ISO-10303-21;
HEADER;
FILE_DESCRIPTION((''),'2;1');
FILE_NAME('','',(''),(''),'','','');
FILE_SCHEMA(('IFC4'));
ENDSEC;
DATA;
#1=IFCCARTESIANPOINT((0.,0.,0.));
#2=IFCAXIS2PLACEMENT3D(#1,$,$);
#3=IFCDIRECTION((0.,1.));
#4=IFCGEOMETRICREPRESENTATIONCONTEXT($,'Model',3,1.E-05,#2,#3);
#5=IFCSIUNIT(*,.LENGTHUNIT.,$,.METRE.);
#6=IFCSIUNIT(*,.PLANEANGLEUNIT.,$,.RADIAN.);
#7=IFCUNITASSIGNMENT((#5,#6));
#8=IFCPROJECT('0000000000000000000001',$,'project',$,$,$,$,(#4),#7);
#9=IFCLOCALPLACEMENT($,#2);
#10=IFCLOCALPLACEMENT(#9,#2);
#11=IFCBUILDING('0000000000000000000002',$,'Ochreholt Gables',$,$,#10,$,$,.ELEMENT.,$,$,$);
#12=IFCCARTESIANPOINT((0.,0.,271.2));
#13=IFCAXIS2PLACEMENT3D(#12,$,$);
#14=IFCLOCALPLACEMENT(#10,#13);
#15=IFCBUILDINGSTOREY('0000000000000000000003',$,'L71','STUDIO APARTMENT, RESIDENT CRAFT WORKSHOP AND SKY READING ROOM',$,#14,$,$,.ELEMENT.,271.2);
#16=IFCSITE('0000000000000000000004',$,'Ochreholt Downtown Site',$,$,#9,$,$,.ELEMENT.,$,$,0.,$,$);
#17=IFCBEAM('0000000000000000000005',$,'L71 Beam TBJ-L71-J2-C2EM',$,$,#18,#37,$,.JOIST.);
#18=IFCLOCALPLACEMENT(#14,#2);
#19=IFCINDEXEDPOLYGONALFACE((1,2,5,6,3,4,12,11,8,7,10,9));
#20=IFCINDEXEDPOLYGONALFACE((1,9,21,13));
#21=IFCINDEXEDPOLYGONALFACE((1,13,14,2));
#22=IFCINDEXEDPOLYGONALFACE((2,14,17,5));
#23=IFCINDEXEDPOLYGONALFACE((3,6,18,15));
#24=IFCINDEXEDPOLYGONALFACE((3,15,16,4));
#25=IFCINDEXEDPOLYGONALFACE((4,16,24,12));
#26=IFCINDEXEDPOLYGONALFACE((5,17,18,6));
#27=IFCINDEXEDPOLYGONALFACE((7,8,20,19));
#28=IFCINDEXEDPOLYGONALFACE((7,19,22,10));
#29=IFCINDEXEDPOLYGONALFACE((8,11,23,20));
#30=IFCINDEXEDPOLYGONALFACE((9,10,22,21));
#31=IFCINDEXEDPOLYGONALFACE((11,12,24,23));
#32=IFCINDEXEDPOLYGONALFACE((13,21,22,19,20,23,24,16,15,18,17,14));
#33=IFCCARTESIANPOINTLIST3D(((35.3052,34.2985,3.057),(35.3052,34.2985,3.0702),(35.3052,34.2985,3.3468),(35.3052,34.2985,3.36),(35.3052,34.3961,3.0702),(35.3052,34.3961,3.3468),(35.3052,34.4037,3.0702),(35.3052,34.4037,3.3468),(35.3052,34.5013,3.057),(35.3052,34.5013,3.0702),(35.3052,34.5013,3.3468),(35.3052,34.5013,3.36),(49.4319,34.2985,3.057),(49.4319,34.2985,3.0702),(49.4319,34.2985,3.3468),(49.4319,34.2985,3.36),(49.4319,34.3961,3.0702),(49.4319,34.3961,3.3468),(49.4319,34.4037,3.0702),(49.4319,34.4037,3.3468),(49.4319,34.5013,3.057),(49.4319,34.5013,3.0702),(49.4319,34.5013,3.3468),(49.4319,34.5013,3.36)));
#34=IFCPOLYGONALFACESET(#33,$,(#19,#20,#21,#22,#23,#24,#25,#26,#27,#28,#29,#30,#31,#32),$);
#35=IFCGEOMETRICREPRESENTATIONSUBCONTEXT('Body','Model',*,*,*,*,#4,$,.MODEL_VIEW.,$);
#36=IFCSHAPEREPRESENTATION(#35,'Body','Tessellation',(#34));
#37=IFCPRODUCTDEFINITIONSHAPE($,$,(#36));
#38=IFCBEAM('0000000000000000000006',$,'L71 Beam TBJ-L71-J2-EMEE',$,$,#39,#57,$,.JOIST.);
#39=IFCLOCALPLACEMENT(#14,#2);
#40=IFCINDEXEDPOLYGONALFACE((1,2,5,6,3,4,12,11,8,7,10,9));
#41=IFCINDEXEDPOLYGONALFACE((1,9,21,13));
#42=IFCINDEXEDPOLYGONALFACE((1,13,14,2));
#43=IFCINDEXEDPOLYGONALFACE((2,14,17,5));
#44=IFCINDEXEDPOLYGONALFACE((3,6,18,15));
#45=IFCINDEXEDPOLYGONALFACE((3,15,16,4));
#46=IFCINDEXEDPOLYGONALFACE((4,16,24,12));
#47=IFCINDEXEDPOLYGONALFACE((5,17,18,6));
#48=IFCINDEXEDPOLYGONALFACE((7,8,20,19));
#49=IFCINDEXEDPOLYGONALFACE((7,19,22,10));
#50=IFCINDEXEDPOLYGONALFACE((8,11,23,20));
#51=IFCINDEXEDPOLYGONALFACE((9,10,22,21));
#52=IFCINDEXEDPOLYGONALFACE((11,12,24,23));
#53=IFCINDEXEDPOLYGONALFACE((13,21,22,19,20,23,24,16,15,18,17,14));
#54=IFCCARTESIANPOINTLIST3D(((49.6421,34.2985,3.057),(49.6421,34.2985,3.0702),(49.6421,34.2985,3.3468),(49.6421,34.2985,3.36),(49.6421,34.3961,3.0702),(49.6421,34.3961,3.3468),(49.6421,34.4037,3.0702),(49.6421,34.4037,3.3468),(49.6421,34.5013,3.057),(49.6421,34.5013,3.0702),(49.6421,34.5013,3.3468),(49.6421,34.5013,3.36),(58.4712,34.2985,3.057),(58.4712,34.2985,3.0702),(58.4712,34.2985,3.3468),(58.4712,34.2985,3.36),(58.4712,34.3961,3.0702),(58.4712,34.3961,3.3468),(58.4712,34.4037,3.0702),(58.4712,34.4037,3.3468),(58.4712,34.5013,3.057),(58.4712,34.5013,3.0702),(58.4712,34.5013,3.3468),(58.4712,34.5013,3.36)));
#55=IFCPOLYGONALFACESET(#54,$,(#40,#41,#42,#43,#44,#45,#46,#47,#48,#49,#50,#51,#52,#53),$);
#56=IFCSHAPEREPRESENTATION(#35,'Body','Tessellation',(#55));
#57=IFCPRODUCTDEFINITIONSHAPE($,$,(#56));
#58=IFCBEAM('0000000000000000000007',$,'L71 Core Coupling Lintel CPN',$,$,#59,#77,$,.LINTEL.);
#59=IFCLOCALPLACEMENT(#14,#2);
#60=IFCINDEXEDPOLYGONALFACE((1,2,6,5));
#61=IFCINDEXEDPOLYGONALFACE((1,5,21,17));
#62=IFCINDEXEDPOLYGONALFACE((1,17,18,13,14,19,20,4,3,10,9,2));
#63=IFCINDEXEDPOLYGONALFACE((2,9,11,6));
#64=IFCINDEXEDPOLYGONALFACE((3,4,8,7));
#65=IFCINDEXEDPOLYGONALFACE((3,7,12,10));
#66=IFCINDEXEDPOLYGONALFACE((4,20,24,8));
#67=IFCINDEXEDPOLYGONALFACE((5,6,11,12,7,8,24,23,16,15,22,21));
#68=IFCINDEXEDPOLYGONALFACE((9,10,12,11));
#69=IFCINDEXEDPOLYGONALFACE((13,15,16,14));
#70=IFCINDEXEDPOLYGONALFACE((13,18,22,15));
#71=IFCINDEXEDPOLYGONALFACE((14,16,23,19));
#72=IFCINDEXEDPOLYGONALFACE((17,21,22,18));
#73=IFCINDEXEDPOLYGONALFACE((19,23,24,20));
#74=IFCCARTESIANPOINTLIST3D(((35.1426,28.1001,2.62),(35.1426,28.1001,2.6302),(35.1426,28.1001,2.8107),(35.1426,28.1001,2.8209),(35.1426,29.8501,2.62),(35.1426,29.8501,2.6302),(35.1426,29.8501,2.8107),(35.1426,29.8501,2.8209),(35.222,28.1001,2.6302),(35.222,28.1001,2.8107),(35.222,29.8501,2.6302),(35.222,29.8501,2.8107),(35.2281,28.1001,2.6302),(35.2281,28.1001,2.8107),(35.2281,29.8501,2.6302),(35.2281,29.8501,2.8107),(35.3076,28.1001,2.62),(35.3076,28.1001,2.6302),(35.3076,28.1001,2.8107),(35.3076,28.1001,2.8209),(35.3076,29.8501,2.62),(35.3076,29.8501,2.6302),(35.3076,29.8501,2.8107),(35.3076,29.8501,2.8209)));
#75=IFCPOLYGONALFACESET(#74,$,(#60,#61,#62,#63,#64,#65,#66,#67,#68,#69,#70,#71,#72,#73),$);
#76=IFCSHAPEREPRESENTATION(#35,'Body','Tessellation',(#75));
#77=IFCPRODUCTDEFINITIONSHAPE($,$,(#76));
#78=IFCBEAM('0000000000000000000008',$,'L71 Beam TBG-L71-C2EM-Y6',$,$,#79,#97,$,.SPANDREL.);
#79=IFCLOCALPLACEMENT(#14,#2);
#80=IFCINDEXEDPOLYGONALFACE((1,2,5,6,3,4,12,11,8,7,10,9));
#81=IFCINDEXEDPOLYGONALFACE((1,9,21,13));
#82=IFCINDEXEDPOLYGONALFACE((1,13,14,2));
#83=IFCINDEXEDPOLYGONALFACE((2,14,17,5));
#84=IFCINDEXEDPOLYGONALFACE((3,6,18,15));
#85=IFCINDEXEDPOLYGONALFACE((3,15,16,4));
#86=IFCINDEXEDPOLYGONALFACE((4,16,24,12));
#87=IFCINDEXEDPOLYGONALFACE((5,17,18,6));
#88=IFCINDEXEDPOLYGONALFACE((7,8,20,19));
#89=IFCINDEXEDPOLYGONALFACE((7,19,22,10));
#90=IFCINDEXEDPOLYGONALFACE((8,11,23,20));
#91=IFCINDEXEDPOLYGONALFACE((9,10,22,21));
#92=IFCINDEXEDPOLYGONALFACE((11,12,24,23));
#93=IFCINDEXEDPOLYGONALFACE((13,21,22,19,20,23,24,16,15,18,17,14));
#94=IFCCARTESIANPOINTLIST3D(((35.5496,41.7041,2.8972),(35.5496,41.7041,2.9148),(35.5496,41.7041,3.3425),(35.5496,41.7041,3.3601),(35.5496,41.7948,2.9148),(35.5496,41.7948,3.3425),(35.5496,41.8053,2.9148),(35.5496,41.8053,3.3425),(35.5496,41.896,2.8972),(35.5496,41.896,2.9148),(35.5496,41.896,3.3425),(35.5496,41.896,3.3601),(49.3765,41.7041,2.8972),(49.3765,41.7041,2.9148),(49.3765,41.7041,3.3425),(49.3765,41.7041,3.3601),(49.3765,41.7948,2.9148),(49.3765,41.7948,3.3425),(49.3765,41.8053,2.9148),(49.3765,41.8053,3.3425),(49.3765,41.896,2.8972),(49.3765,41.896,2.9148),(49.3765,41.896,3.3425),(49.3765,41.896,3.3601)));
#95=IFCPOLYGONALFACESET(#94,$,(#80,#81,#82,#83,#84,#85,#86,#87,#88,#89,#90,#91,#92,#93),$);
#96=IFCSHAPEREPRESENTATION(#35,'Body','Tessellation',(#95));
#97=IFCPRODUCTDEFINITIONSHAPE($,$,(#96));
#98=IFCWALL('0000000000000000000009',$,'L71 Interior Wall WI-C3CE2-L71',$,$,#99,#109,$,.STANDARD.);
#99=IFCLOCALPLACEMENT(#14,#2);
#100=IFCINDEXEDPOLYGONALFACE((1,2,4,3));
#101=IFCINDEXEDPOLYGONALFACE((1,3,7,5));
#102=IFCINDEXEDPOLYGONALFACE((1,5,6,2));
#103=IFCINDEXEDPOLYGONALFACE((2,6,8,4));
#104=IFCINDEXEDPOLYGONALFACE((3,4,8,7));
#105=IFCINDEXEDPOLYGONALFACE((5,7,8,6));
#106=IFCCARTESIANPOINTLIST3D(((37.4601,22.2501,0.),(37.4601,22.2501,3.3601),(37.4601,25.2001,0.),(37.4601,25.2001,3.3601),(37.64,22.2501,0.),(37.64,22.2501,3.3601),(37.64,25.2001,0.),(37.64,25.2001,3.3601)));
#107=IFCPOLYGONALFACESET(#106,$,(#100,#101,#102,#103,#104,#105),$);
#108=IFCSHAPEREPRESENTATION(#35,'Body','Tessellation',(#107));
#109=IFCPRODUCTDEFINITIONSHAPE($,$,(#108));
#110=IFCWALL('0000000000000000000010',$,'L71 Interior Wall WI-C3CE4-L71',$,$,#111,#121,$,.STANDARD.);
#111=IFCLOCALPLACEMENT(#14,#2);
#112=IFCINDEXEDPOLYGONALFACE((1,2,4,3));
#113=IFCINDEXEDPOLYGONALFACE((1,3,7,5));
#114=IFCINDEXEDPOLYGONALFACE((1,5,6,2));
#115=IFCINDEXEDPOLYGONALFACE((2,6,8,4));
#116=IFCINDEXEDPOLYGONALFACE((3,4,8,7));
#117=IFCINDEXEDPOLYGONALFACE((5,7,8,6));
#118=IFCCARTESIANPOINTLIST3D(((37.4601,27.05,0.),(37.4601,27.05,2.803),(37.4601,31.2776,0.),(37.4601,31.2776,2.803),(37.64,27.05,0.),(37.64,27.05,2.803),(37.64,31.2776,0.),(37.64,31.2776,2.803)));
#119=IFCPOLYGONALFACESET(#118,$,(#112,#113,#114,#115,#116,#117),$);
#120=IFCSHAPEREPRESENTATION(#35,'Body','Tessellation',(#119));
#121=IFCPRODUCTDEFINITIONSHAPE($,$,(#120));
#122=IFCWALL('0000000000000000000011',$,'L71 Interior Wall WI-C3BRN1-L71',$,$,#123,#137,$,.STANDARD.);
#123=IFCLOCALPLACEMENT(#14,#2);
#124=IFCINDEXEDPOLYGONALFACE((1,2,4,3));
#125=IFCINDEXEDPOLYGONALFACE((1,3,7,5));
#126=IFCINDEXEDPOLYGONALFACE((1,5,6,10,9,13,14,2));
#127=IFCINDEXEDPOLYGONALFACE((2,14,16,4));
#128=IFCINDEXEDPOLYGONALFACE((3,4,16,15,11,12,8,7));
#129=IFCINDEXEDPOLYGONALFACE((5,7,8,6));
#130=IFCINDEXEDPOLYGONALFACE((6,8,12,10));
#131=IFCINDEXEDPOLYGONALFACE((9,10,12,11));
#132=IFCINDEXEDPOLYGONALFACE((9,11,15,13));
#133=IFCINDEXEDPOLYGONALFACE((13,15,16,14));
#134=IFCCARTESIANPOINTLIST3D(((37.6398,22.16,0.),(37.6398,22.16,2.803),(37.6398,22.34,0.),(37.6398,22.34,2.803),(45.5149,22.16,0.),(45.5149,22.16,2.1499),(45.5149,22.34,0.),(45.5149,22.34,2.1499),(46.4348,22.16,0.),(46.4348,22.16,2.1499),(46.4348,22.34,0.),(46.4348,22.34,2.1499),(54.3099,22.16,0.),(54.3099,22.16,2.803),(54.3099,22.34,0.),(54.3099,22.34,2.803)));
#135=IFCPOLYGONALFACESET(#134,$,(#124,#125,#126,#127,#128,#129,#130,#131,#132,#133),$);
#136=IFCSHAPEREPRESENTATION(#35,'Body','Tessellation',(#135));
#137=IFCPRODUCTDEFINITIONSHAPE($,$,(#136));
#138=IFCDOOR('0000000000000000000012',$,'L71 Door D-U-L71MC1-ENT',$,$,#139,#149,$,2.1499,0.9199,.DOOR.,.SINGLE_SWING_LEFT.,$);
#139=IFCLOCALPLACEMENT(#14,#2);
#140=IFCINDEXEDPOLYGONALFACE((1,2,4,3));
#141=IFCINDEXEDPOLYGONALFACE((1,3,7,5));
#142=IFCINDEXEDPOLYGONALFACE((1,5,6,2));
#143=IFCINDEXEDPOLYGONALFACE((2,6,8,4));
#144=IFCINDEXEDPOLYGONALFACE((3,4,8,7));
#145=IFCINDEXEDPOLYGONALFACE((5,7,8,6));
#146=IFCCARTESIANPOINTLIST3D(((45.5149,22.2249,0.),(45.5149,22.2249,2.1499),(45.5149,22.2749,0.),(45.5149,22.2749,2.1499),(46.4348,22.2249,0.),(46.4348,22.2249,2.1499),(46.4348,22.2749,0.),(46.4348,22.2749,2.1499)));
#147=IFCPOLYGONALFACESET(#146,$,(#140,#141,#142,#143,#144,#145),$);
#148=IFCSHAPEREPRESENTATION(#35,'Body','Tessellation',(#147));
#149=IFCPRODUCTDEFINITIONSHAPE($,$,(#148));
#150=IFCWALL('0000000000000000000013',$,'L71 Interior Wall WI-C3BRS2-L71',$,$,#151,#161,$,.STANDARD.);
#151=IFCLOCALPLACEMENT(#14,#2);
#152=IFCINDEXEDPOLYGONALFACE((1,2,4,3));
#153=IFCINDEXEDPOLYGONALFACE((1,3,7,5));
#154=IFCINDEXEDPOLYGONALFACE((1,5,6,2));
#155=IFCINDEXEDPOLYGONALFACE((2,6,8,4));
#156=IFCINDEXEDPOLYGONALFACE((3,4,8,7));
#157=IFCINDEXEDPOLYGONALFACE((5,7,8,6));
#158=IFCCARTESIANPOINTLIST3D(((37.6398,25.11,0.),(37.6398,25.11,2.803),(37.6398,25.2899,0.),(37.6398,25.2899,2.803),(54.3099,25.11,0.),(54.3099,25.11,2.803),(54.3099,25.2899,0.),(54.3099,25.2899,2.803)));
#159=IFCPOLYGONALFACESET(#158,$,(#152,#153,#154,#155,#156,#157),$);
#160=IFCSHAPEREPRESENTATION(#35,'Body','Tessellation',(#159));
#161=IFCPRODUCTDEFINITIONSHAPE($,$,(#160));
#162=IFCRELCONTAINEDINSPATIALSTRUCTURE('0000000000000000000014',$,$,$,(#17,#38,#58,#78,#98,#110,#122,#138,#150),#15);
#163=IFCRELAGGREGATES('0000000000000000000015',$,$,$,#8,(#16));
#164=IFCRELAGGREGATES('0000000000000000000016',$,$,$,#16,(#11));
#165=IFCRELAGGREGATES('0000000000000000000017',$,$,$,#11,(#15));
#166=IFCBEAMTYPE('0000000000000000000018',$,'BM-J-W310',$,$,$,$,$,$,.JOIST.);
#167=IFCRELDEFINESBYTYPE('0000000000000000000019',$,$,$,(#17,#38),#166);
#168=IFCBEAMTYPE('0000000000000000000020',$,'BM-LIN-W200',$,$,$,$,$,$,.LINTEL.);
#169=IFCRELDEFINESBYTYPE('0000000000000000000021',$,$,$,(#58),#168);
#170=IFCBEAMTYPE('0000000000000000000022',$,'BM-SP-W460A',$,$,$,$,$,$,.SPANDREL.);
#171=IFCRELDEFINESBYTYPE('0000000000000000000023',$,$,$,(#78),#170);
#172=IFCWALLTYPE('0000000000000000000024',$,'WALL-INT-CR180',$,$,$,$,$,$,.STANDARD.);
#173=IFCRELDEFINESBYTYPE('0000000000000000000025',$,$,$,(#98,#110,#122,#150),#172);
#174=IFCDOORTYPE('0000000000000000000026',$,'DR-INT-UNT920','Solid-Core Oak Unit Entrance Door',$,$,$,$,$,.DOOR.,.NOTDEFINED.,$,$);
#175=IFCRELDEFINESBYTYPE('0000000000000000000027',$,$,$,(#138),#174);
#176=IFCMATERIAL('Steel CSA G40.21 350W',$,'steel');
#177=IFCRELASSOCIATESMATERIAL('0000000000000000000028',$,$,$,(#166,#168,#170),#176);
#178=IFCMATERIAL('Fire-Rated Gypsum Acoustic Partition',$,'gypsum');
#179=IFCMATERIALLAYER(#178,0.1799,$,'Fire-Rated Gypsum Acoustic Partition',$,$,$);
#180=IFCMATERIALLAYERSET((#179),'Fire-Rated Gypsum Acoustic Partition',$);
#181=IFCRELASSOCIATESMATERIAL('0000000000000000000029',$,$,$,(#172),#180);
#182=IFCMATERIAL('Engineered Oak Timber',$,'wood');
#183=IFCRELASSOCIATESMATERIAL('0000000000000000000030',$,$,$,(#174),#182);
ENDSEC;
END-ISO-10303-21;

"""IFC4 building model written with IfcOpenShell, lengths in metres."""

from ifc_helpers import new_model, si_unit, direction, frame, frame_2d, origin, origin_2d, place, context, subcontext, project, spatial, rectangle, i_section, extrude, material, layer, layer_set, material_profile, profile_set, type_object, element, fill, save


model = new_model("IFC4")

# Units and contexts
model_context = context("Model", 3, precision=1e-05, world=origin(), true_north=direction((0.0, 1.0)))
body_context = subcontext(model_context, "Body", "Model", "MODEL_VIEW")
ifc_project = project(units=[si_unit("LENGTHUNIT", "METRE"), si_unit("PLANEANGLEUNIT", "RADIAN")], contexts=[model_context])

# Site, building, storey
site_placement = place(None, origin())
site = spatial("IfcSite", under=ifc_project, at=site_placement, Name="Ochreholt Downtown Site", CompositionType="ELEMENT", RefElevation=0.0)
building_placement = place(site_placement, origin())
building = spatial("IfcBuilding", under=site, at=building_placement, Name="Ochreholt Gables", CompositionType="ELEMENT")
storey_placement = place(building_placement, frame((0.0, 0.0, 271.2)))
storey = spatial("IfcBuildingStorey", under=building, at=storey_placement, Name="L71", Description="STUDIO APARTMENT, RESIDENT CRAFT WORKSHOP AND SKY READING ROOM", CompositionType="ELEMENT", Elevation=271.2)

# Shared definitions
ifc_material_1 = material(Name="Steel CSA G40.21 350W", Category="steel")

# Beams
ifc_material_profile_1 = material_profile(ifc_material_1, i_section(OverallWidth=0.2029, OverallDepth=0.303, WebThickness=0.0076, FlangeThickness=0.0132, at=origin_2d()), Name="W310X60")
ifc_profile_set_1 = profile_set([ifc_material_profile_1], Name="Steel CSA G40.21 350W")
beam_type_1 = type_object("IfcBeamType", Name="BM-J-W310", PredefinedType="JOIST", material=ifc_profile_set_1)
beam_1_placement = place(storey_placement, frame((35.3052, 34.3999, 3.2085), z_axis=(1.0, 0.0, 0.0), x_axis=(0.0, 1.0, 0.0)))
element("IfcBeam", 1, at=beam_1_placement, inside=storey, type_object=beam_type_1, Name="L71 Beam TBJ-L71-J2-C2EM", PredefinedType="JOIST", context=body_context, shape_type="SweptSolid", body=[
    extrude(i_section(OverallWidth=0.2029, OverallDepth=0.303, WebThickness=0.0076, FlangeThickness=0.0132, at=origin_2d()), origin(), (0.0, 0.0, 1.0), 14.1267),
])
beam_2_placement = place(storey_placement, frame((49.6421, 34.3999, 3.2085), z_axis=(1.0, 0.0, 0.0), x_axis=(0.0, 1.0, 0.0)))
element("IfcBeam", 2, at=beam_2_placement, inside=storey, type_object=beam_type_1, Name="L71 Beam TBJ-L71-J2-EMEE", PredefinedType="JOIST", context=body_context, shape_type="SweptSolid", body=[
    extrude(i_section(OverallWidth=0.2029, OverallDepth=0.303, WebThickness=0.0076, FlangeThickness=0.0132, at=origin_2d()), origin(), (0.0, 0.0, 1.0), 8.8291),
])
ifc_material_profile_2 = material_profile(ifc_material_1, i_section(OverallWidth=0.165, OverallDepth=0.2009, WebThickness=0.0061, FlangeThickness=0.0103, at=origin_2d()), Name="W200X36")
ifc_profile_set_2 = profile_set([ifc_material_profile_2], Name="Steel CSA G40.21 350W")
beam_type_2 = type_object("IfcBeamType", Name="BM-LIN-W200", PredefinedType="LINTEL", material=ifc_profile_set_2)
beam_3_placement = place(storey_placement, frame((35.2251, 28.1001, 2.7205), z_axis=(0.0, 1.0, 0.0), x_axis=(-1.0, 0.0, 0.0)))
element("IfcBeam", 3, at=beam_3_placement, inside=storey, type_object=beam_type_2, Name="L71 Core Coupling Lintel CPN", PredefinedType="LINTEL", context=body_context, shape_type="SweptSolid", body=[
    extrude(i_section(OverallWidth=0.165, OverallDepth=0.2009, WebThickness=0.0061, FlangeThickness=0.0103, at=origin_2d()), origin(), (0.0, 0.0, 1.0), 1.75),
])
ifc_material_profile_3 = material_profile(ifc_material_1, i_section(OverallWidth=0.1919, OverallDepth=0.4629, WebThickness=0.0105, FlangeThickness=0.0176, at=origin_2d()), Name="W460X89")
ifc_profile_set_3 = profile_set([ifc_material_profile_3], Name="Steel CSA G40.21 350W")
beam_type_3 = type_object("IfcBeamType", Name="BM-SP-W460A", PredefinedType="SPANDREL", material=ifc_profile_set_3)
beam_4_placement = place(storey_placement, frame((35.5496, 41.8, 3.1287), z_axis=(1.0, 0.0, 0.0), x_axis=(0.0, 1.0, 0.0)))
element("IfcBeam", 4, at=beam_4_placement, inside=storey, type_object=beam_type_3, Name="L71 Beam TBG-L71-C2EM-Y6", PredefinedType="SPANDREL", context=body_context, shape_type="SweptSolid", body=[
    extrude(i_section(OverallWidth=0.1919, OverallDepth=0.4629, WebThickness=0.0105, FlangeThickness=0.0176, at=origin_2d()), origin(), (0.0, 0.0, 1.0), 13.8269),
])

# Walls
ifc_material_2 = material(Name="Fire-Rated Gypsum Acoustic Partition", Category="gypsum")
ifc_layer_1 = layer(ifc_material_2, 0.1799, Name="Fire-Rated Gypsum Acoustic Partition")
ifc_layer_set_1 = layer_set([ifc_layer_1], Name="Fire-Rated Gypsum Acoustic Partition")
wall_type_1 = type_object("IfcWallType", Name="WALL-INT-CR180", PredefinedType="STANDARD", material=ifc_layer_set_1)
wall_1_placement = place(storey_placement, frame((37.55, 22.25, 0.0), z_axis=(0.0, 0.0, 1.0), x_axis=(0.0, 1.0, 0.0)))
element("IfcWall", 5, at=wall_1_placement, inside=storey, type_object=wall_type_1, Name="L71 Interior Wall WI-C3CE2-L71", PredefinedType="STANDARD", context=body_context, shape_type="SweptSolid", body=[
    extrude(rectangle(XDim=2.95, YDim=0.1799, at=frame_2d((1.4751, 0.0))), origin(), (0.0, 0.0, 1.0), 3.3601),
])
wall_2_placement = place(storey_placement, frame((37.55, 27.05, 0.0), z_axis=(0.0, 0.0, 1.0), x_axis=(0.0, 1.0, 0.0)))
element("IfcWall", 6, at=wall_2_placement, inside=storey, type_object=wall_type_1, Name="L71 Interior Wall WI-C3CE4-L71", PredefinedType="STANDARD", context=body_context, shape_type="SweptSolid", body=[
    extrude(rectangle(XDim=4.2275, YDim=0.1799, at=frame_2d((2.1138, 0.0))), origin(), (0.0, 0.0, 1.0), 2.803),
])

# Wall, opening, door
wall_3_placement = place(storey_placement, frame((37.6399, 22.25, 0.0), z_axis=(0.0, 0.0, 1.0), x_axis=(1.0, 0.0, 0.0)))
wall_3 = element("IfcWall", 7, at=wall_3_placement, inside=storey, type_object=wall_type_1, Name="L71 Interior Wall WI-C3BRN1-L71", PredefinedType="STANDARD", context=body_context, shape_type="SweptSolid", body=[
    extrude(rectangle(XDim=16.6702, YDim=0.1799, at=frame_2d((8.335, 0.0))), origin(), (0.0, 0.0, 1.0), 2.803),
])
opening_1_placement = place(wall_3_placement, frame((7.875, 0.0, 0.0)))
opening_1 = element("IfcOpeningElement", 8, at=opening_1_placement, cuts=wall_3, PredefinedType="OPENING", context=body_context, shape_type="SweptSolid", body=[
    extrude(rectangle(XDim=0.9199, YDim=2.1499, at=frame_2d((0.46, 1.075))), frame((0.0, 0.0999, 0.0), z_axis=(0.0, -1.0, 0.0), x_axis=(1.0, 0.0, 0.0)), (0.0, 0.0, 1.0), 0.2),
])
ifc_material_3 = material(Name="Engineered Oak Timber", Category="wood")
door_type_1 = type_object("IfcDoorType", Name="DR-INT-UNT920", Description="Solid-Core Oak Unit Entrance Door", OperationType="NOTDEFINED", PredefinedType="DOOR", material=ifc_material_3)
door_1_placement = place(opening_1_placement, origin())
door_1 = element("IfcDoor", 9, at=door_1_placement, inside=storey, type_object=door_type_1, Name="L71 Door D-U-L71MC1-ENT", OperationType="SINGLE_SWING_LEFT", OverallHeight=2.1499, OverallWidth=0.9199, PredefinedType="DOOR", context=body_context, shape_type="SweptSolid", body=[
    extrude(rectangle(XDim=0.9199, YDim=2.1499, at=frame_2d((0.46, 1.075))), frame((0.0, 0.0249, 0.0), z_axis=(0.0, -1.0, 0.0), x_axis=(1.0, 0.0, 0.0)), (0.0, 0.0, 1.0), 0.05),
])
fill(opening_1, door_1)

# Wall
wall_4_placement = place(storey_placement, frame((37.6399, 25.2, 0.0), z_axis=(0.0, 0.0, 1.0), x_axis=(1.0, 0.0, 0.0)))
element("IfcWall", 10, at=wall_4_placement, inside=storey, type_object=wall_type_1, Name="L71 Interior Wall WI-C3BRS2-L71", PredefinedType="STANDARD", context=body_context, shape_type="SweptSolid", body=[
    extrude(rectangle(XDim=16.6702, YDim=0.1799, at=frame_2d((8.335, 0.0))), origin(), (0.0, 0.0, 1.0), 2.803),
])

save(model, "model.ifc")
